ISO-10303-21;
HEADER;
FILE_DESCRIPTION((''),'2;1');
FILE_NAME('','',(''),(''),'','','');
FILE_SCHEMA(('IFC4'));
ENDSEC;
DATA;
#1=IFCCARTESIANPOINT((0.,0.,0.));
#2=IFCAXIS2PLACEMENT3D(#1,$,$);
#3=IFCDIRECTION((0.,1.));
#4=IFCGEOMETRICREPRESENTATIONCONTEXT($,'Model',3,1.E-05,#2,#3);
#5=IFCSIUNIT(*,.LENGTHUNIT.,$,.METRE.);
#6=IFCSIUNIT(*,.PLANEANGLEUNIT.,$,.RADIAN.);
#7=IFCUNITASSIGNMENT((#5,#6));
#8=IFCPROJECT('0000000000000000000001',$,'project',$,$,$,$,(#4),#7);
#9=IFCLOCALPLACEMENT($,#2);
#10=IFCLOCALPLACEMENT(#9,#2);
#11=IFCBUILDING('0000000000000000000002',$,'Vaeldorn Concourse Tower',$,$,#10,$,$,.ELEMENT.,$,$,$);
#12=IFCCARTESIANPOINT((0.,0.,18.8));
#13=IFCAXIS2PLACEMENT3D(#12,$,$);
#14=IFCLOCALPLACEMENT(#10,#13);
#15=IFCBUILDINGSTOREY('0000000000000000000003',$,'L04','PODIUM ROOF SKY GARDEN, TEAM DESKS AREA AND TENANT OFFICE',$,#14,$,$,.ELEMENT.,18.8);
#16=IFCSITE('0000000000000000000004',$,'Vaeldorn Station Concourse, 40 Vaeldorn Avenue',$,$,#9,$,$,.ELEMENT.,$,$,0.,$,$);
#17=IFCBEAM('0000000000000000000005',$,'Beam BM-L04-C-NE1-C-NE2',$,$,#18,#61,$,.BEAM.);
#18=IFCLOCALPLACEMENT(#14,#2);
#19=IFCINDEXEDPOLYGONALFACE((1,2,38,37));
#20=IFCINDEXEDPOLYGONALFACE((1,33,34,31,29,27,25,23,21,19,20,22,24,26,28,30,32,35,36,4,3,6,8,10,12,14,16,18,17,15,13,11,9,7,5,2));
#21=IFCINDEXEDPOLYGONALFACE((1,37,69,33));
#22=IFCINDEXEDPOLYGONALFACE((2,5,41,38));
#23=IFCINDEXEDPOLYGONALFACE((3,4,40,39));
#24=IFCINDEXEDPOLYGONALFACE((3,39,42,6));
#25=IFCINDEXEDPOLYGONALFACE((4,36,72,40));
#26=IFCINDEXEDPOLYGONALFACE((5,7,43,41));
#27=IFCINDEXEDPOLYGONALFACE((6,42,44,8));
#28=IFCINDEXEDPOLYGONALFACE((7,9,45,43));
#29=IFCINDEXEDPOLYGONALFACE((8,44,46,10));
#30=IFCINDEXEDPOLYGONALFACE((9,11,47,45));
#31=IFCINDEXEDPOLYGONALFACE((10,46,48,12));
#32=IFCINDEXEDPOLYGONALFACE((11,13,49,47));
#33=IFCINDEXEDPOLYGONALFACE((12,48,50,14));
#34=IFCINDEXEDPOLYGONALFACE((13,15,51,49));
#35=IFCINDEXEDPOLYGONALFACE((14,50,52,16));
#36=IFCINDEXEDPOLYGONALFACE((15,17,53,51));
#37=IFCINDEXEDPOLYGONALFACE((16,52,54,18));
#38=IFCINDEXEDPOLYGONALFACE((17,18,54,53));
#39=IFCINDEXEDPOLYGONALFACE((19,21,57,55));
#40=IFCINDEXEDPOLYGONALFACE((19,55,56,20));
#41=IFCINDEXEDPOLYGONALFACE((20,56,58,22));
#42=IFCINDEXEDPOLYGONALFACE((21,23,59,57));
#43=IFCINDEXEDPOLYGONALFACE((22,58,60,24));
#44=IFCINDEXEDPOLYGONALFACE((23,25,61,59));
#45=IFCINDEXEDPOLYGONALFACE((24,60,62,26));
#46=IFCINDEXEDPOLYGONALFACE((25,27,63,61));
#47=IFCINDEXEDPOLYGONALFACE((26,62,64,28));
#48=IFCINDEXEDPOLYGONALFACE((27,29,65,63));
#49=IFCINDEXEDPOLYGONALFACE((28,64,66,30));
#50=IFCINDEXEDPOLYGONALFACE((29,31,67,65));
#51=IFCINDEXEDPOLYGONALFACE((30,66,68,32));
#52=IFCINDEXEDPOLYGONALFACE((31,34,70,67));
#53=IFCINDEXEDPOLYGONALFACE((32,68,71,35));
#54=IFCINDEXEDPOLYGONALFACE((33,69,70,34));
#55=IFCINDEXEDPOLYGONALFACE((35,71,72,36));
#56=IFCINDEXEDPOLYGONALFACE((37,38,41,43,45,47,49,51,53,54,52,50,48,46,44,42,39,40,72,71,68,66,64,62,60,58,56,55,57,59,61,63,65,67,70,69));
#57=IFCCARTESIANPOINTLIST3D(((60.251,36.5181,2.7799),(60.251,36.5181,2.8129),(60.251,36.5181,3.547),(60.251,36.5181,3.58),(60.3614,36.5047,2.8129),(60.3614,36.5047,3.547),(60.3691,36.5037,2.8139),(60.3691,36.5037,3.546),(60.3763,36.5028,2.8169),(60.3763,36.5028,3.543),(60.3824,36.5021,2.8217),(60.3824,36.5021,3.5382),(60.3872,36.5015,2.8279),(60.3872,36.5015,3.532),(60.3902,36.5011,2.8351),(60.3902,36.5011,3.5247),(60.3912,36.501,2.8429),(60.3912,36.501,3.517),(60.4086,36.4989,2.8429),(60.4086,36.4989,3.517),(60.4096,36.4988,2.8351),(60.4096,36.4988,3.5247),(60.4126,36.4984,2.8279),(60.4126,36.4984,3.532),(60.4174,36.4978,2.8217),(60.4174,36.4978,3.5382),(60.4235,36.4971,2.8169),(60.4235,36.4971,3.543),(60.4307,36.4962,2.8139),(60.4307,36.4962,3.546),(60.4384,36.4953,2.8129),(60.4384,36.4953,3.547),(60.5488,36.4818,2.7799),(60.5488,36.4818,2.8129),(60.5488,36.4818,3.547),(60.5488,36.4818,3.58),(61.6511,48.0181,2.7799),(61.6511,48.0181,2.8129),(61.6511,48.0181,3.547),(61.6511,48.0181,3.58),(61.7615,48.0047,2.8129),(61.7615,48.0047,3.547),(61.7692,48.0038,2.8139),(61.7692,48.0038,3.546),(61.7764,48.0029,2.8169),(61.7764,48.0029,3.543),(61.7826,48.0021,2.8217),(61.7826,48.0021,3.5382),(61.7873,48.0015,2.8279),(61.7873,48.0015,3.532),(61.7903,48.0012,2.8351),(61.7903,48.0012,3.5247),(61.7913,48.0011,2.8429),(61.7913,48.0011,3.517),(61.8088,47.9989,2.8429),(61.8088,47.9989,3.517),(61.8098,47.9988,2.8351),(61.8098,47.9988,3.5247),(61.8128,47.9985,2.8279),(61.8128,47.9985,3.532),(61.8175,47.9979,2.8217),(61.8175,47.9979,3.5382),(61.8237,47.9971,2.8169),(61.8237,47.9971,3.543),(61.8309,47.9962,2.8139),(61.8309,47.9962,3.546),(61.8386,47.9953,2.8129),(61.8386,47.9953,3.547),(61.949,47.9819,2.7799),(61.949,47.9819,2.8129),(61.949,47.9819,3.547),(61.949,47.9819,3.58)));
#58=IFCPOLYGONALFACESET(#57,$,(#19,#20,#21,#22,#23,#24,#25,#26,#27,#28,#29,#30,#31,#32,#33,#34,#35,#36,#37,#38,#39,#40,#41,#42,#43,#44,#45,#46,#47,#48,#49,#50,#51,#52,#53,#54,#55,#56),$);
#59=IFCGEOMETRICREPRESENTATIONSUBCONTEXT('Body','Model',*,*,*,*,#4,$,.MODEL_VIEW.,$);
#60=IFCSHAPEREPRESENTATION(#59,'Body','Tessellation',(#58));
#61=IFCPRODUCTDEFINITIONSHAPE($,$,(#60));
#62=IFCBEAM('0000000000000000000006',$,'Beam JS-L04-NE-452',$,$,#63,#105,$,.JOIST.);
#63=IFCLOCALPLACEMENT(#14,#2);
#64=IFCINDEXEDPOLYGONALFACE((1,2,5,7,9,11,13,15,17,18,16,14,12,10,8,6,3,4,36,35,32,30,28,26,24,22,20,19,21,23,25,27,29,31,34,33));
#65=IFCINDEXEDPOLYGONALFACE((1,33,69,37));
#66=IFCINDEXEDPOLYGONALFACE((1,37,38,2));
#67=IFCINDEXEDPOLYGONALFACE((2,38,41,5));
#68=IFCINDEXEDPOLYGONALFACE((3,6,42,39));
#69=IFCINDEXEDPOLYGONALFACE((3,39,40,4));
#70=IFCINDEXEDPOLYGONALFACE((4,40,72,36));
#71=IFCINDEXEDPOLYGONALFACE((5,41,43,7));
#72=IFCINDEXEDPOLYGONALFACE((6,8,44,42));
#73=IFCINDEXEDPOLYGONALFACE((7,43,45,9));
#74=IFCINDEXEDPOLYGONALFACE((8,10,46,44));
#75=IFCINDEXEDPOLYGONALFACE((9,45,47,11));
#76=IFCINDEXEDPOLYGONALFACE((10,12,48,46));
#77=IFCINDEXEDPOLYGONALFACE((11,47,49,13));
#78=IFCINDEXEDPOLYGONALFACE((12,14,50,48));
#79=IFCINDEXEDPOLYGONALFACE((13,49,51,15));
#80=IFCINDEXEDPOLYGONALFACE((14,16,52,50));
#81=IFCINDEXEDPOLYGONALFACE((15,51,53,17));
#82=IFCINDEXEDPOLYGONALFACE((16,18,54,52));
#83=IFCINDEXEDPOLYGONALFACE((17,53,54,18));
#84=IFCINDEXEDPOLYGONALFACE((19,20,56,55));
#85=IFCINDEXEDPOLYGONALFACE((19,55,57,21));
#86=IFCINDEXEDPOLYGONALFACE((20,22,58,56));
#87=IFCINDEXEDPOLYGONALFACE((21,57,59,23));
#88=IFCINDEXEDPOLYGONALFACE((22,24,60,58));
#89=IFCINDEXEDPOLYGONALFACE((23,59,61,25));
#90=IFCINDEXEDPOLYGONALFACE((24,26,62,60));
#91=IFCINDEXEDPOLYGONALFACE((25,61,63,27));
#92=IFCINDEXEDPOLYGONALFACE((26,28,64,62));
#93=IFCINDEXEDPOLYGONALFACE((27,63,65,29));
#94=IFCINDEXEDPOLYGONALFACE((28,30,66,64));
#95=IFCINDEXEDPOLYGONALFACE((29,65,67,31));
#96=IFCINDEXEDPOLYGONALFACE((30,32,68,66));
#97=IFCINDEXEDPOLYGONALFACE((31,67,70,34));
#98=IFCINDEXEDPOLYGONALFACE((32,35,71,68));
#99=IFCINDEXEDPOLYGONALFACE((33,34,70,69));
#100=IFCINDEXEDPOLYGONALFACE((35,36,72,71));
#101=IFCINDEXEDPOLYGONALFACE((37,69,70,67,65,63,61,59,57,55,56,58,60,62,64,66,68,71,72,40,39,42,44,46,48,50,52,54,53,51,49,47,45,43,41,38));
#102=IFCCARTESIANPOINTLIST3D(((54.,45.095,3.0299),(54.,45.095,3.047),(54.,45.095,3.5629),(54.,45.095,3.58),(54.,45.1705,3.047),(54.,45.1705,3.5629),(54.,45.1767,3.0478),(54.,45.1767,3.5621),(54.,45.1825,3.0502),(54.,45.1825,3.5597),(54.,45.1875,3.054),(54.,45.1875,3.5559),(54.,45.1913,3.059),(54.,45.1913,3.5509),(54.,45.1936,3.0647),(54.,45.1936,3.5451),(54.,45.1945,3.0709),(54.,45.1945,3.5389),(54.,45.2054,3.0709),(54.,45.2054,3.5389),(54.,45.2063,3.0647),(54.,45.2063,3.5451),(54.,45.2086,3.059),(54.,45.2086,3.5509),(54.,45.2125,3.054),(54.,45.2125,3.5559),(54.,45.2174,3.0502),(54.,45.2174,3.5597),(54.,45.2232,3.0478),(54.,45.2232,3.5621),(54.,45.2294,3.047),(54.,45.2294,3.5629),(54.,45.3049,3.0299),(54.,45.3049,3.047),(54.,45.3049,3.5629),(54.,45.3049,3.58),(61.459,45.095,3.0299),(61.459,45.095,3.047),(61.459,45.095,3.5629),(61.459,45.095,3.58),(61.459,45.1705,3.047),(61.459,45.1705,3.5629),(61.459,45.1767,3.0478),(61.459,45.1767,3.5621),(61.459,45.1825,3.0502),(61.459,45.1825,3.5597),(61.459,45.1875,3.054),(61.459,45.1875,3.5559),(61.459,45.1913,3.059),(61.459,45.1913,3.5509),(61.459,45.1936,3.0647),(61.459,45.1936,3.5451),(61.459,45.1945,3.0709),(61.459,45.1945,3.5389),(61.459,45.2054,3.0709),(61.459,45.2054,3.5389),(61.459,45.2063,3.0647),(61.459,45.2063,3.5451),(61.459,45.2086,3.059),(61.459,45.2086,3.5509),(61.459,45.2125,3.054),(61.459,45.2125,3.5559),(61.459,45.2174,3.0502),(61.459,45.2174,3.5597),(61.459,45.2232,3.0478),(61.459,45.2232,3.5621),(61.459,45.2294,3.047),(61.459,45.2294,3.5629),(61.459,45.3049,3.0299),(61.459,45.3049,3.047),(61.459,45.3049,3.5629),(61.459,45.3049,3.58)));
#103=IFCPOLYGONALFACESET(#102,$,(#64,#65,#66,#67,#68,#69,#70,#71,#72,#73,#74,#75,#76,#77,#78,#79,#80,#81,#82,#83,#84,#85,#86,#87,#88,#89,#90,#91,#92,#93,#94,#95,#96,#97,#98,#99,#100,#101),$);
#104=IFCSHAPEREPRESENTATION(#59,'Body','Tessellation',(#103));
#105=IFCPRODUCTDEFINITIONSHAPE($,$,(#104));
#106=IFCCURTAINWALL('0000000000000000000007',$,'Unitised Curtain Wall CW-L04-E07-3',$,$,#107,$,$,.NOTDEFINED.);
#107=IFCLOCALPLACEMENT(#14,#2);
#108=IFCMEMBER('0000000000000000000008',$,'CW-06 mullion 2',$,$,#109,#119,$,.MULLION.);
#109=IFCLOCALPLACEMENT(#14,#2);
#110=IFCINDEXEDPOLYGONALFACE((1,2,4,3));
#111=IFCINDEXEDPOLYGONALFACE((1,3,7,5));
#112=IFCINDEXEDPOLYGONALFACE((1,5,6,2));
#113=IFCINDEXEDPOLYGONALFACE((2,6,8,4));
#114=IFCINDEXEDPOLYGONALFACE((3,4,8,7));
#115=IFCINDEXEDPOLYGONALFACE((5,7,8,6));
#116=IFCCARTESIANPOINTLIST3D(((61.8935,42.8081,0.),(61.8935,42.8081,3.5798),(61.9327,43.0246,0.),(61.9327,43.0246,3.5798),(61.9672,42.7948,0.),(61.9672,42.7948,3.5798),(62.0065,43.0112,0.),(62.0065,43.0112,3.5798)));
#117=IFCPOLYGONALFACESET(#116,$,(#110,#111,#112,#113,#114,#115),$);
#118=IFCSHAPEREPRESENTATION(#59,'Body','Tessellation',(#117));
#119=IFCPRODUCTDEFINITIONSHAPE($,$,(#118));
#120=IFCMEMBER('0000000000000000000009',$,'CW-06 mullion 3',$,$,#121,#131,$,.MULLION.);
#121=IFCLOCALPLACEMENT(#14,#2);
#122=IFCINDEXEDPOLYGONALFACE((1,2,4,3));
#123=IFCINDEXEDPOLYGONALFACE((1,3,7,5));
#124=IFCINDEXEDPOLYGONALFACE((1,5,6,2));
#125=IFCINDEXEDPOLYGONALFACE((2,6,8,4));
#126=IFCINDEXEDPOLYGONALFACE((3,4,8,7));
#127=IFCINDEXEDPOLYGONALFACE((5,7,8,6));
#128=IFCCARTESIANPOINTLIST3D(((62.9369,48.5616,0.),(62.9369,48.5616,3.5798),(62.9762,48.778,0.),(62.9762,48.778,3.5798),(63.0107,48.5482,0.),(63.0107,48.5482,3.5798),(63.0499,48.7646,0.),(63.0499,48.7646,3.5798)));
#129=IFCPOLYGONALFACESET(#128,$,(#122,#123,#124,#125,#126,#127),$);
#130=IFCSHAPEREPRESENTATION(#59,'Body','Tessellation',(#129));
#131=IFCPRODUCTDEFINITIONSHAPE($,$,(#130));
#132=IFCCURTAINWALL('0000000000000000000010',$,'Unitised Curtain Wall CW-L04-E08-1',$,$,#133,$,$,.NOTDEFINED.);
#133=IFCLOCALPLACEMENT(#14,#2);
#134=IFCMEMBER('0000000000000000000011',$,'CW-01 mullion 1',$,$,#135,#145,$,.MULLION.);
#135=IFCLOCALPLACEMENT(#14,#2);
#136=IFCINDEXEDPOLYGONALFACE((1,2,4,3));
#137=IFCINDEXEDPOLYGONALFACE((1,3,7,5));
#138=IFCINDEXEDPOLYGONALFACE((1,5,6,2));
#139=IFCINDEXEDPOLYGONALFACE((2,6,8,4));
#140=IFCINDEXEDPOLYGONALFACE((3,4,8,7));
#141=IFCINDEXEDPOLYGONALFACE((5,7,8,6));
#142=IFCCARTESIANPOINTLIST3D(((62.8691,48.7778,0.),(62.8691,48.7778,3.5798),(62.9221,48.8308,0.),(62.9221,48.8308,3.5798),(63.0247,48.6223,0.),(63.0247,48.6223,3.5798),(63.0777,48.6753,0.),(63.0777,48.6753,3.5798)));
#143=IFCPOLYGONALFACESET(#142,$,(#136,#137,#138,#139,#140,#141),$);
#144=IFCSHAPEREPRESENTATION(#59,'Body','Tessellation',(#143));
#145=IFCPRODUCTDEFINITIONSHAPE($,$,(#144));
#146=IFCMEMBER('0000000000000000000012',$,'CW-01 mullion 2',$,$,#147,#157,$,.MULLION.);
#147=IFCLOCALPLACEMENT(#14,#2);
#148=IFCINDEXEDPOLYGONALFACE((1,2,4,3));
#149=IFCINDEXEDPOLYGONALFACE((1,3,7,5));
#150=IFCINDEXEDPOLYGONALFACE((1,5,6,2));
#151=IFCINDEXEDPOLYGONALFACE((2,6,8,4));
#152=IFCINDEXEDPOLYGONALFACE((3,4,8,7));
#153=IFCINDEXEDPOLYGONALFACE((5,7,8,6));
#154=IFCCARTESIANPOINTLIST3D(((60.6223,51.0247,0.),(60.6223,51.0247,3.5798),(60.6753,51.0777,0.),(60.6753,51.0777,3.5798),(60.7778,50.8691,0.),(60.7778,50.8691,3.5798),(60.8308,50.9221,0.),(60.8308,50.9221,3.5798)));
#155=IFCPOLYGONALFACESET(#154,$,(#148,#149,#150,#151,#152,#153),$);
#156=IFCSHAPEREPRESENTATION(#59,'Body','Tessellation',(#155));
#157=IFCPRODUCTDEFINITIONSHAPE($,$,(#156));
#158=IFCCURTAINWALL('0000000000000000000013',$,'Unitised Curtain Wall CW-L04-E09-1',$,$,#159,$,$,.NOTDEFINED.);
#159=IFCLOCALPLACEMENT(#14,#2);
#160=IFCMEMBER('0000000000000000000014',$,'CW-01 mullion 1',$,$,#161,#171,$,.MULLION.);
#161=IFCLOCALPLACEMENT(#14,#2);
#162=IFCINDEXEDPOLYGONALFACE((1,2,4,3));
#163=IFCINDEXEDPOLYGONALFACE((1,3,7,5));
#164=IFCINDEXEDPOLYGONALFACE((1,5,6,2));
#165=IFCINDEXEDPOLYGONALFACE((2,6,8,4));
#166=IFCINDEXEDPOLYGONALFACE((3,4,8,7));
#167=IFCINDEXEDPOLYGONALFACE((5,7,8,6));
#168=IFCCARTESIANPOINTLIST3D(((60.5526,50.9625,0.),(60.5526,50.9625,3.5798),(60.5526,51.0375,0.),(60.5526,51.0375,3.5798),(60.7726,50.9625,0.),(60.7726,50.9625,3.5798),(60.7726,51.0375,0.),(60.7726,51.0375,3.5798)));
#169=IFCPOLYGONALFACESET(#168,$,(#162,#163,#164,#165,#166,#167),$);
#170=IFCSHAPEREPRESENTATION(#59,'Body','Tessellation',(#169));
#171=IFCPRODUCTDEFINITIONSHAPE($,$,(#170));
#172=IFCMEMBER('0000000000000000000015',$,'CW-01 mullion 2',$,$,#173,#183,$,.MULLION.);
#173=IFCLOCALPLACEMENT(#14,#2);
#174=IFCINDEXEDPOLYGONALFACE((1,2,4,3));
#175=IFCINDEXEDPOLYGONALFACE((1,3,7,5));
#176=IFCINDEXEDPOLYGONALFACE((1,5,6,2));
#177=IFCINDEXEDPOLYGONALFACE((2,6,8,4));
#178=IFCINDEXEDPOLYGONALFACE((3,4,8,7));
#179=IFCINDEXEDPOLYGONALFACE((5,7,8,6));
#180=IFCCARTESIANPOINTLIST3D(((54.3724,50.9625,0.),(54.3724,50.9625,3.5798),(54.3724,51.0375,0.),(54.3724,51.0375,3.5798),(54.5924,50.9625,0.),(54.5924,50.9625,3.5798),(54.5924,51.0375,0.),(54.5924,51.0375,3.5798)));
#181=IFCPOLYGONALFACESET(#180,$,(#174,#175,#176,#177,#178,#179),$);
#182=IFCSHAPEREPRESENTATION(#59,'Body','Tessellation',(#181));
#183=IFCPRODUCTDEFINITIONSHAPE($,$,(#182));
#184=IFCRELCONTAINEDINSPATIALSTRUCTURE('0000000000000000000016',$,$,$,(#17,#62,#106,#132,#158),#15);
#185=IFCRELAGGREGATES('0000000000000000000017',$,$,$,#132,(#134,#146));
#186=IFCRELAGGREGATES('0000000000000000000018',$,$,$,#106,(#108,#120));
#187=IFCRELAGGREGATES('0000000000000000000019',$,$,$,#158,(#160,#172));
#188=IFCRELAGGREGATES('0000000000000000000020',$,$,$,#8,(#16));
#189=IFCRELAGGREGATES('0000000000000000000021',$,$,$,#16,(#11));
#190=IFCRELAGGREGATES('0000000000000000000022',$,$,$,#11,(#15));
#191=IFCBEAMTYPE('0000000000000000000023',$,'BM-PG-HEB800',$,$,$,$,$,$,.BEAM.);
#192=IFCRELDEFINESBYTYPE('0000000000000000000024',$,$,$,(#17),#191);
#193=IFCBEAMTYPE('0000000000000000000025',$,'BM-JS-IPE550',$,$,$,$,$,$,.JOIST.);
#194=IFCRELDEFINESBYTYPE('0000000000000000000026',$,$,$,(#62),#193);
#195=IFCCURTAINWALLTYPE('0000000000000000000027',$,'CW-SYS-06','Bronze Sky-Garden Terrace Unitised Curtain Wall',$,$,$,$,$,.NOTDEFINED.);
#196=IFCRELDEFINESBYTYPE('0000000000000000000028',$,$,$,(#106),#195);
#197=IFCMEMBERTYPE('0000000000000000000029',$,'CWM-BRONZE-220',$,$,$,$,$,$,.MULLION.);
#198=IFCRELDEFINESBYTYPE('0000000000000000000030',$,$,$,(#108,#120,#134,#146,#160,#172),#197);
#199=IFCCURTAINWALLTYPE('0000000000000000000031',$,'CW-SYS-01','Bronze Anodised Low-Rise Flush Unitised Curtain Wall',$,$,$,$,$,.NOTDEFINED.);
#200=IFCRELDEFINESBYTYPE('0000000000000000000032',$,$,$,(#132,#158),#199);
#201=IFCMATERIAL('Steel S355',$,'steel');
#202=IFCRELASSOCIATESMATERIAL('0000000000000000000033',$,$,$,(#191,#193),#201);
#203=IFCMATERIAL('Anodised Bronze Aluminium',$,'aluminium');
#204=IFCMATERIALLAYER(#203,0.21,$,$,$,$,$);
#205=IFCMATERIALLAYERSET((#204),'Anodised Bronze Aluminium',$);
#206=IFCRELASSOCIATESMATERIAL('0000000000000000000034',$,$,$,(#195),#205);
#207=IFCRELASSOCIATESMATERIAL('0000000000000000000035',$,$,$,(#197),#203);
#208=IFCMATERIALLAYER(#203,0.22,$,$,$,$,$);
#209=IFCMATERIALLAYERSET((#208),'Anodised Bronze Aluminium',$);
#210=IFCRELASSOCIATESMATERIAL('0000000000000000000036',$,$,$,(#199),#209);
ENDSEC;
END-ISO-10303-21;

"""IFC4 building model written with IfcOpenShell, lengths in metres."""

from ifc_helpers import new_model, si_unit, direction, frame, origin, origin_2d, place, context, subcontext, project, spatial, rectangle, i_section, extrude, source, transform, mapped, material, layer, layer_set, material_profile, profile_set, type_object, element, aggregate, save


model = new_model("IFC4")

# Units and contexts
model_context = context("Model", 3, precision=1e-05, world=origin(), true_north=direction((0.0, 1.0)))
body_context = subcontext(model_context, "Body", "Model", "MODEL_VIEW")
ifc_project = project(units=[si_unit("LENGTHUNIT", "METRE"), si_unit("PLANEANGLEUNIT", "RADIAN")], contexts=[model_context])

# Site, building, storey
site_placement = place(None, origin())
site = spatial("IfcSite", under=ifc_project, at=site_placement, Name="Vaeldorn Station Concourse, 40 Vaeldorn Avenue", CompositionType="ELEMENT", RefElevation=0.0)
building_placement = place(site_placement, origin())
building = spatial("IfcBuilding", under=site, at=building_placement, Name="Vaeldorn Concourse Tower", CompositionType="ELEMENT")
storey_placement = place(building_placement, frame((0.0, 0.0, 18.8)))
storey = spatial("IfcBuildingStorey", under=building, at=storey_placement, Name="L04", Description="PODIUM ROOF SKY GARDEN, TEAM DESKS AREA AND TENANT OFFICE", CompositionType="ELEMENT", Elevation=18.8)

# Beams
ifc_material_1 = material(Name="Steel S355", Category="steel")
ifc_material_profile_1 = material_profile(ifc_material_1, i_section(OverallWidth=0.3, OverallDepth=0.8, WebThickness=0.0176, FlangeThickness=0.033, FilletRadius=0.03, at=origin_2d()), Name="HEB 800")
ifc_profile_set_1 = profile_set([ifc_material_profile_1], Name="Steel S355")
beam_type_1 = type_object("IfcBeamType", Name="BM-PG-HEB800", PredefinedType="BEAM", material=ifc_profile_set_1)
shared_shape_1 = source(origin(), body_context, "Body", "SweptSolid", [
    extrude(i_section(OverallWidth=0.3, OverallDepth=0.8, WebThickness=0.0176, FlangeThickness=0.033, FilletRadius=0.03, at=origin_2d()), origin(), (0.0, 0.0, 1.0), 11.585),
])
beam_1_placement = place(storey_placement, frame((61.8, 48.0, 3.1799), z_axis=(-0.120859, -0.99267, 0.0), x_axis=(0.99267, -0.120859, 0.0)))
element("IfcBeam", 1, at=beam_1_placement, inside=storey, type_object=beam_type_1, Name="Beam BM-L04-C-NE1-C-NE2", PredefinedType="BEAM", context=body_context, shape_type="MappedRepresentation", body=[
    mapped(shared_shape_1, transform((0.0, 0.0, 0.0), scale=1.0)),
])
ifc_material_profile_2 = material_profile(ifc_material_1, i_section(OverallWidth=0.21, OverallDepth=0.55, WebThickness=0.011, FlangeThickness=0.0171, FilletRadius=0.0239, at=origin_2d()), Name="IPE 550")
ifc_profile_set_2 = profile_set([ifc_material_profile_2], Name="Steel S355")
beam_type_2 = type_object("IfcBeamType", Name="BM-JS-IPE550", PredefinedType="JOIST", material=ifc_profile_set_2)
shared_shape_2 = source(origin(), body_context, "Body", "SweptSolid", [
    extrude(i_section(OverallWidth=0.21, OverallDepth=0.55, WebThickness=0.011, FlangeThickness=0.0171, FilletRadius=0.0239, at=origin_2d()), origin(), (0.0, 0.0, 1.0), 7.459),
])
beam_2_placement = place(storey_placement, frame((54.0, 45.2, 3.3049), z_axis=(1.0, 0.0, 0.0), x_axis=(0.0, 1.0, 0.0)))
element("IfcBeam", 2, at=beam_2_placement, inside=storey, type_object=beam_type_2, Name="Beam JS-L04-NE-452", PredefinedType="JOIST", context=body_context, shape_type="MappedRepresentation", body=[
    mapped(shared_shape_2, transform((0.0, 0.0, 0.0), scale=1.0)),
])

# Curtain walls, members
ifc_material_2 = material(Name="Anodised Bronze Aluminium", Category="aluminium")
ifc_layer_1 = layer(ifc_material_2, 0.21)
ifc_layer_set_1 = layer_set([ifc_layer_1], Name="Anodised Bronze Aluminium")
curtain_wall_type_1 = type_object("IfcCurtainWallType", Name="CW-SYS-06", Description="Bronze Sky-Garden Terrace Unitised Curtain Wall", PredefinedType="NOTDEFINED", material=ifc_layer_set_1)
curtain_wall_1_placement = place(storey_placement, origin())
curtain_wall_1 = element("IfcCurtainWall", 3, at=curtain_wall_1_placement, inside=storey, type_object=curtain_wall_type_1, Name="Unitised Curtain Wall CW-L04-E07-3", PredefinedType="NOTDEFINED")
ifc_material_profile_3 = material_profile(ifc_material_2, rectangle(XDim=0.075, YDim=0.22, at=origin_2d()), Name="CWM 75x220")
ifc_profile_set_3 = profile_set([ifc_material_profile_3], Name="Anodised Bronze Aluminium")
member_type_1 = type_object("IfcMemberType", Name="CWM-BRONZE-220", PredefinedType="MULLION", material=ifc_profile_set_3)
shared_shape_3 = source(origin(), body_context, "Body", "SweptSolid", [
    extrude(rectangle(XDim=0.075, YDim=0.22, at=origin_2d()), origin(), (0.0, 0.0, 1.0), 3.5798),
])
member_1_placement = place(storey_placement, frame((61.95, 42.9097, 0.0), z_axis=(0.0, 0.0, 1.0), x_axis=(-0.98395, 0.178446, 0.0)))
member_1 = element("IfcMember", 4, at=member_1_placement, type_object=member_type_1, Name="CW-06 mullion 2", PredefinedType="MULLION", context=body_context, shape_type="MappedRepresentation", body=[
    mapped(shared_shape_3, transform((0.0, 0.0, 0.0), scale=1.0)),
])
member_2_placement = place(storey_placement, frame((62.9934, 48.6631, 0.0), z_axis=(0.0, 0.0, 1.0), x_axis=(-0.98395, 0.178446, 0.0)))
member_2 = element("IfcMember", 5, at=member_2_placement, type_object=member_type_1, Name="CW-06 mullion 3", PredefinedType="MULLION", context=body_context, shape_type="MappedRepresentation", body=[
    mapped(shared_shape_3, transform((0.0, 0.0, 0.0), scale=1.0)),
])
ifc_layer_2 = layer(ifc_material_2, 0.22)
ifc_layer_set_2 = layer_set([ifc_layer_2], Name="Anodised Bronze Aluminium")
curtain_wall_type_2 = type_object("IfcCurtainWallType", Name="CW-SYS-01", Description="Bronze Anodised Low-Rise Flush Unitised Curtain Wall", PredefinedType="NOTDEFINED", material=ifc_layer_set_2)
curtain_wall_2_placement = place(storey_placement, origin())
curtain_wall_2 = element("IfcCurtainWall", 6, at=curtain_wall_2_placement, inside=storey, type_object=curtain_wall_type_2, Name="Unitised Curtain Wall CW-L04-E08-1", PredefinedType="NOTDEFINED")
member_3_placement = place(storey_placement, frame((62.9734, 48.7266, 0.0), z_axis=(0.0, 0.0, 1.0), x_axis=(-0.707107, -0.707107, 0.0)))
member_3 = element("IfcMember", 7, at=member_3_placement, type_object=member_type_1, Name="CW-01 mullion 1", PredefinedType="MULLION", context=body_context, shape_type="MappedRepresentation", body=[
    mapped(shared_shape_3, transform((0.0, 0.0, 0.0), scale=1.0)),
])
member_4_placement = place(storey_placement, frame((60.7266, 50.9734, 0.0), z_axis=(0.0, 0.0, 1.0), x_axis=(-0.707107, -0.707107, 0.0)))
member_4 = element("IfcMember", 8, at=member_4_placement, type_object=member_type_1, Name="CW-01 mullion 2", PredefinedType="MULLION", context=body_context, shape_type="MappedRepresentation", body=[
    mapped(shared_shape_3, transform((0.0, 0.0, 0.0), scale=1.0)),
])
curtain_wall_3_placement = place(storey_placement, origin())
curtain_wall_3 = element("IfcCurtainWall", 9, at=curtain_wall_3_placement, inside=storey, type_object=curtain_wall_type_2, Name="Unitised Curtain Wall CW-L04-E09-1", PredefinedType="NOTDEFINED")
member_5_placement = place(storey_placement, frame((60.6626, 51.0, 0.0), z_axis=(0.0, 0.0, 1.0), x_axis=(0.0, -1.0, 0.0)))
member_5 = element("IfcMember", 10, at=member_5_placement, type_object=member_type_1, Name="CW-01 mullion 1", PredefinedType="MULLION", context=body_context, shape_type="MappedRepresentation", body=[
    mapped(shared_shape_3, transform((0.0, 0.0, 0.0), scale=1.0)),
])
member_6_placement = place(storey_placement, frame((54.4824, 51.0, 0.0), z_axis=(0.0, 0.0, 1.0), x_axis=(0.0, -1.0, 0.0)))
member_6 = element("IfcMember", 11, at=member_6_placement, type_object=member_type_1, Name="CW-01 mullion 2", PredefinedType="MULLION", context=body_context, shape_type="MappedRepresentation", body=[
    mapped(shared_shape_3, transform((0.0, 0.0, 0.0), scale=1.0)),
])

aggregate(curtain_wall_2, [member_3, member_4])
aggregate(curtain_wall_1, [member_1, member_2])
aggregate(curtain_wall_3, [member_5, member_6])

save(model, "model.ifc")
